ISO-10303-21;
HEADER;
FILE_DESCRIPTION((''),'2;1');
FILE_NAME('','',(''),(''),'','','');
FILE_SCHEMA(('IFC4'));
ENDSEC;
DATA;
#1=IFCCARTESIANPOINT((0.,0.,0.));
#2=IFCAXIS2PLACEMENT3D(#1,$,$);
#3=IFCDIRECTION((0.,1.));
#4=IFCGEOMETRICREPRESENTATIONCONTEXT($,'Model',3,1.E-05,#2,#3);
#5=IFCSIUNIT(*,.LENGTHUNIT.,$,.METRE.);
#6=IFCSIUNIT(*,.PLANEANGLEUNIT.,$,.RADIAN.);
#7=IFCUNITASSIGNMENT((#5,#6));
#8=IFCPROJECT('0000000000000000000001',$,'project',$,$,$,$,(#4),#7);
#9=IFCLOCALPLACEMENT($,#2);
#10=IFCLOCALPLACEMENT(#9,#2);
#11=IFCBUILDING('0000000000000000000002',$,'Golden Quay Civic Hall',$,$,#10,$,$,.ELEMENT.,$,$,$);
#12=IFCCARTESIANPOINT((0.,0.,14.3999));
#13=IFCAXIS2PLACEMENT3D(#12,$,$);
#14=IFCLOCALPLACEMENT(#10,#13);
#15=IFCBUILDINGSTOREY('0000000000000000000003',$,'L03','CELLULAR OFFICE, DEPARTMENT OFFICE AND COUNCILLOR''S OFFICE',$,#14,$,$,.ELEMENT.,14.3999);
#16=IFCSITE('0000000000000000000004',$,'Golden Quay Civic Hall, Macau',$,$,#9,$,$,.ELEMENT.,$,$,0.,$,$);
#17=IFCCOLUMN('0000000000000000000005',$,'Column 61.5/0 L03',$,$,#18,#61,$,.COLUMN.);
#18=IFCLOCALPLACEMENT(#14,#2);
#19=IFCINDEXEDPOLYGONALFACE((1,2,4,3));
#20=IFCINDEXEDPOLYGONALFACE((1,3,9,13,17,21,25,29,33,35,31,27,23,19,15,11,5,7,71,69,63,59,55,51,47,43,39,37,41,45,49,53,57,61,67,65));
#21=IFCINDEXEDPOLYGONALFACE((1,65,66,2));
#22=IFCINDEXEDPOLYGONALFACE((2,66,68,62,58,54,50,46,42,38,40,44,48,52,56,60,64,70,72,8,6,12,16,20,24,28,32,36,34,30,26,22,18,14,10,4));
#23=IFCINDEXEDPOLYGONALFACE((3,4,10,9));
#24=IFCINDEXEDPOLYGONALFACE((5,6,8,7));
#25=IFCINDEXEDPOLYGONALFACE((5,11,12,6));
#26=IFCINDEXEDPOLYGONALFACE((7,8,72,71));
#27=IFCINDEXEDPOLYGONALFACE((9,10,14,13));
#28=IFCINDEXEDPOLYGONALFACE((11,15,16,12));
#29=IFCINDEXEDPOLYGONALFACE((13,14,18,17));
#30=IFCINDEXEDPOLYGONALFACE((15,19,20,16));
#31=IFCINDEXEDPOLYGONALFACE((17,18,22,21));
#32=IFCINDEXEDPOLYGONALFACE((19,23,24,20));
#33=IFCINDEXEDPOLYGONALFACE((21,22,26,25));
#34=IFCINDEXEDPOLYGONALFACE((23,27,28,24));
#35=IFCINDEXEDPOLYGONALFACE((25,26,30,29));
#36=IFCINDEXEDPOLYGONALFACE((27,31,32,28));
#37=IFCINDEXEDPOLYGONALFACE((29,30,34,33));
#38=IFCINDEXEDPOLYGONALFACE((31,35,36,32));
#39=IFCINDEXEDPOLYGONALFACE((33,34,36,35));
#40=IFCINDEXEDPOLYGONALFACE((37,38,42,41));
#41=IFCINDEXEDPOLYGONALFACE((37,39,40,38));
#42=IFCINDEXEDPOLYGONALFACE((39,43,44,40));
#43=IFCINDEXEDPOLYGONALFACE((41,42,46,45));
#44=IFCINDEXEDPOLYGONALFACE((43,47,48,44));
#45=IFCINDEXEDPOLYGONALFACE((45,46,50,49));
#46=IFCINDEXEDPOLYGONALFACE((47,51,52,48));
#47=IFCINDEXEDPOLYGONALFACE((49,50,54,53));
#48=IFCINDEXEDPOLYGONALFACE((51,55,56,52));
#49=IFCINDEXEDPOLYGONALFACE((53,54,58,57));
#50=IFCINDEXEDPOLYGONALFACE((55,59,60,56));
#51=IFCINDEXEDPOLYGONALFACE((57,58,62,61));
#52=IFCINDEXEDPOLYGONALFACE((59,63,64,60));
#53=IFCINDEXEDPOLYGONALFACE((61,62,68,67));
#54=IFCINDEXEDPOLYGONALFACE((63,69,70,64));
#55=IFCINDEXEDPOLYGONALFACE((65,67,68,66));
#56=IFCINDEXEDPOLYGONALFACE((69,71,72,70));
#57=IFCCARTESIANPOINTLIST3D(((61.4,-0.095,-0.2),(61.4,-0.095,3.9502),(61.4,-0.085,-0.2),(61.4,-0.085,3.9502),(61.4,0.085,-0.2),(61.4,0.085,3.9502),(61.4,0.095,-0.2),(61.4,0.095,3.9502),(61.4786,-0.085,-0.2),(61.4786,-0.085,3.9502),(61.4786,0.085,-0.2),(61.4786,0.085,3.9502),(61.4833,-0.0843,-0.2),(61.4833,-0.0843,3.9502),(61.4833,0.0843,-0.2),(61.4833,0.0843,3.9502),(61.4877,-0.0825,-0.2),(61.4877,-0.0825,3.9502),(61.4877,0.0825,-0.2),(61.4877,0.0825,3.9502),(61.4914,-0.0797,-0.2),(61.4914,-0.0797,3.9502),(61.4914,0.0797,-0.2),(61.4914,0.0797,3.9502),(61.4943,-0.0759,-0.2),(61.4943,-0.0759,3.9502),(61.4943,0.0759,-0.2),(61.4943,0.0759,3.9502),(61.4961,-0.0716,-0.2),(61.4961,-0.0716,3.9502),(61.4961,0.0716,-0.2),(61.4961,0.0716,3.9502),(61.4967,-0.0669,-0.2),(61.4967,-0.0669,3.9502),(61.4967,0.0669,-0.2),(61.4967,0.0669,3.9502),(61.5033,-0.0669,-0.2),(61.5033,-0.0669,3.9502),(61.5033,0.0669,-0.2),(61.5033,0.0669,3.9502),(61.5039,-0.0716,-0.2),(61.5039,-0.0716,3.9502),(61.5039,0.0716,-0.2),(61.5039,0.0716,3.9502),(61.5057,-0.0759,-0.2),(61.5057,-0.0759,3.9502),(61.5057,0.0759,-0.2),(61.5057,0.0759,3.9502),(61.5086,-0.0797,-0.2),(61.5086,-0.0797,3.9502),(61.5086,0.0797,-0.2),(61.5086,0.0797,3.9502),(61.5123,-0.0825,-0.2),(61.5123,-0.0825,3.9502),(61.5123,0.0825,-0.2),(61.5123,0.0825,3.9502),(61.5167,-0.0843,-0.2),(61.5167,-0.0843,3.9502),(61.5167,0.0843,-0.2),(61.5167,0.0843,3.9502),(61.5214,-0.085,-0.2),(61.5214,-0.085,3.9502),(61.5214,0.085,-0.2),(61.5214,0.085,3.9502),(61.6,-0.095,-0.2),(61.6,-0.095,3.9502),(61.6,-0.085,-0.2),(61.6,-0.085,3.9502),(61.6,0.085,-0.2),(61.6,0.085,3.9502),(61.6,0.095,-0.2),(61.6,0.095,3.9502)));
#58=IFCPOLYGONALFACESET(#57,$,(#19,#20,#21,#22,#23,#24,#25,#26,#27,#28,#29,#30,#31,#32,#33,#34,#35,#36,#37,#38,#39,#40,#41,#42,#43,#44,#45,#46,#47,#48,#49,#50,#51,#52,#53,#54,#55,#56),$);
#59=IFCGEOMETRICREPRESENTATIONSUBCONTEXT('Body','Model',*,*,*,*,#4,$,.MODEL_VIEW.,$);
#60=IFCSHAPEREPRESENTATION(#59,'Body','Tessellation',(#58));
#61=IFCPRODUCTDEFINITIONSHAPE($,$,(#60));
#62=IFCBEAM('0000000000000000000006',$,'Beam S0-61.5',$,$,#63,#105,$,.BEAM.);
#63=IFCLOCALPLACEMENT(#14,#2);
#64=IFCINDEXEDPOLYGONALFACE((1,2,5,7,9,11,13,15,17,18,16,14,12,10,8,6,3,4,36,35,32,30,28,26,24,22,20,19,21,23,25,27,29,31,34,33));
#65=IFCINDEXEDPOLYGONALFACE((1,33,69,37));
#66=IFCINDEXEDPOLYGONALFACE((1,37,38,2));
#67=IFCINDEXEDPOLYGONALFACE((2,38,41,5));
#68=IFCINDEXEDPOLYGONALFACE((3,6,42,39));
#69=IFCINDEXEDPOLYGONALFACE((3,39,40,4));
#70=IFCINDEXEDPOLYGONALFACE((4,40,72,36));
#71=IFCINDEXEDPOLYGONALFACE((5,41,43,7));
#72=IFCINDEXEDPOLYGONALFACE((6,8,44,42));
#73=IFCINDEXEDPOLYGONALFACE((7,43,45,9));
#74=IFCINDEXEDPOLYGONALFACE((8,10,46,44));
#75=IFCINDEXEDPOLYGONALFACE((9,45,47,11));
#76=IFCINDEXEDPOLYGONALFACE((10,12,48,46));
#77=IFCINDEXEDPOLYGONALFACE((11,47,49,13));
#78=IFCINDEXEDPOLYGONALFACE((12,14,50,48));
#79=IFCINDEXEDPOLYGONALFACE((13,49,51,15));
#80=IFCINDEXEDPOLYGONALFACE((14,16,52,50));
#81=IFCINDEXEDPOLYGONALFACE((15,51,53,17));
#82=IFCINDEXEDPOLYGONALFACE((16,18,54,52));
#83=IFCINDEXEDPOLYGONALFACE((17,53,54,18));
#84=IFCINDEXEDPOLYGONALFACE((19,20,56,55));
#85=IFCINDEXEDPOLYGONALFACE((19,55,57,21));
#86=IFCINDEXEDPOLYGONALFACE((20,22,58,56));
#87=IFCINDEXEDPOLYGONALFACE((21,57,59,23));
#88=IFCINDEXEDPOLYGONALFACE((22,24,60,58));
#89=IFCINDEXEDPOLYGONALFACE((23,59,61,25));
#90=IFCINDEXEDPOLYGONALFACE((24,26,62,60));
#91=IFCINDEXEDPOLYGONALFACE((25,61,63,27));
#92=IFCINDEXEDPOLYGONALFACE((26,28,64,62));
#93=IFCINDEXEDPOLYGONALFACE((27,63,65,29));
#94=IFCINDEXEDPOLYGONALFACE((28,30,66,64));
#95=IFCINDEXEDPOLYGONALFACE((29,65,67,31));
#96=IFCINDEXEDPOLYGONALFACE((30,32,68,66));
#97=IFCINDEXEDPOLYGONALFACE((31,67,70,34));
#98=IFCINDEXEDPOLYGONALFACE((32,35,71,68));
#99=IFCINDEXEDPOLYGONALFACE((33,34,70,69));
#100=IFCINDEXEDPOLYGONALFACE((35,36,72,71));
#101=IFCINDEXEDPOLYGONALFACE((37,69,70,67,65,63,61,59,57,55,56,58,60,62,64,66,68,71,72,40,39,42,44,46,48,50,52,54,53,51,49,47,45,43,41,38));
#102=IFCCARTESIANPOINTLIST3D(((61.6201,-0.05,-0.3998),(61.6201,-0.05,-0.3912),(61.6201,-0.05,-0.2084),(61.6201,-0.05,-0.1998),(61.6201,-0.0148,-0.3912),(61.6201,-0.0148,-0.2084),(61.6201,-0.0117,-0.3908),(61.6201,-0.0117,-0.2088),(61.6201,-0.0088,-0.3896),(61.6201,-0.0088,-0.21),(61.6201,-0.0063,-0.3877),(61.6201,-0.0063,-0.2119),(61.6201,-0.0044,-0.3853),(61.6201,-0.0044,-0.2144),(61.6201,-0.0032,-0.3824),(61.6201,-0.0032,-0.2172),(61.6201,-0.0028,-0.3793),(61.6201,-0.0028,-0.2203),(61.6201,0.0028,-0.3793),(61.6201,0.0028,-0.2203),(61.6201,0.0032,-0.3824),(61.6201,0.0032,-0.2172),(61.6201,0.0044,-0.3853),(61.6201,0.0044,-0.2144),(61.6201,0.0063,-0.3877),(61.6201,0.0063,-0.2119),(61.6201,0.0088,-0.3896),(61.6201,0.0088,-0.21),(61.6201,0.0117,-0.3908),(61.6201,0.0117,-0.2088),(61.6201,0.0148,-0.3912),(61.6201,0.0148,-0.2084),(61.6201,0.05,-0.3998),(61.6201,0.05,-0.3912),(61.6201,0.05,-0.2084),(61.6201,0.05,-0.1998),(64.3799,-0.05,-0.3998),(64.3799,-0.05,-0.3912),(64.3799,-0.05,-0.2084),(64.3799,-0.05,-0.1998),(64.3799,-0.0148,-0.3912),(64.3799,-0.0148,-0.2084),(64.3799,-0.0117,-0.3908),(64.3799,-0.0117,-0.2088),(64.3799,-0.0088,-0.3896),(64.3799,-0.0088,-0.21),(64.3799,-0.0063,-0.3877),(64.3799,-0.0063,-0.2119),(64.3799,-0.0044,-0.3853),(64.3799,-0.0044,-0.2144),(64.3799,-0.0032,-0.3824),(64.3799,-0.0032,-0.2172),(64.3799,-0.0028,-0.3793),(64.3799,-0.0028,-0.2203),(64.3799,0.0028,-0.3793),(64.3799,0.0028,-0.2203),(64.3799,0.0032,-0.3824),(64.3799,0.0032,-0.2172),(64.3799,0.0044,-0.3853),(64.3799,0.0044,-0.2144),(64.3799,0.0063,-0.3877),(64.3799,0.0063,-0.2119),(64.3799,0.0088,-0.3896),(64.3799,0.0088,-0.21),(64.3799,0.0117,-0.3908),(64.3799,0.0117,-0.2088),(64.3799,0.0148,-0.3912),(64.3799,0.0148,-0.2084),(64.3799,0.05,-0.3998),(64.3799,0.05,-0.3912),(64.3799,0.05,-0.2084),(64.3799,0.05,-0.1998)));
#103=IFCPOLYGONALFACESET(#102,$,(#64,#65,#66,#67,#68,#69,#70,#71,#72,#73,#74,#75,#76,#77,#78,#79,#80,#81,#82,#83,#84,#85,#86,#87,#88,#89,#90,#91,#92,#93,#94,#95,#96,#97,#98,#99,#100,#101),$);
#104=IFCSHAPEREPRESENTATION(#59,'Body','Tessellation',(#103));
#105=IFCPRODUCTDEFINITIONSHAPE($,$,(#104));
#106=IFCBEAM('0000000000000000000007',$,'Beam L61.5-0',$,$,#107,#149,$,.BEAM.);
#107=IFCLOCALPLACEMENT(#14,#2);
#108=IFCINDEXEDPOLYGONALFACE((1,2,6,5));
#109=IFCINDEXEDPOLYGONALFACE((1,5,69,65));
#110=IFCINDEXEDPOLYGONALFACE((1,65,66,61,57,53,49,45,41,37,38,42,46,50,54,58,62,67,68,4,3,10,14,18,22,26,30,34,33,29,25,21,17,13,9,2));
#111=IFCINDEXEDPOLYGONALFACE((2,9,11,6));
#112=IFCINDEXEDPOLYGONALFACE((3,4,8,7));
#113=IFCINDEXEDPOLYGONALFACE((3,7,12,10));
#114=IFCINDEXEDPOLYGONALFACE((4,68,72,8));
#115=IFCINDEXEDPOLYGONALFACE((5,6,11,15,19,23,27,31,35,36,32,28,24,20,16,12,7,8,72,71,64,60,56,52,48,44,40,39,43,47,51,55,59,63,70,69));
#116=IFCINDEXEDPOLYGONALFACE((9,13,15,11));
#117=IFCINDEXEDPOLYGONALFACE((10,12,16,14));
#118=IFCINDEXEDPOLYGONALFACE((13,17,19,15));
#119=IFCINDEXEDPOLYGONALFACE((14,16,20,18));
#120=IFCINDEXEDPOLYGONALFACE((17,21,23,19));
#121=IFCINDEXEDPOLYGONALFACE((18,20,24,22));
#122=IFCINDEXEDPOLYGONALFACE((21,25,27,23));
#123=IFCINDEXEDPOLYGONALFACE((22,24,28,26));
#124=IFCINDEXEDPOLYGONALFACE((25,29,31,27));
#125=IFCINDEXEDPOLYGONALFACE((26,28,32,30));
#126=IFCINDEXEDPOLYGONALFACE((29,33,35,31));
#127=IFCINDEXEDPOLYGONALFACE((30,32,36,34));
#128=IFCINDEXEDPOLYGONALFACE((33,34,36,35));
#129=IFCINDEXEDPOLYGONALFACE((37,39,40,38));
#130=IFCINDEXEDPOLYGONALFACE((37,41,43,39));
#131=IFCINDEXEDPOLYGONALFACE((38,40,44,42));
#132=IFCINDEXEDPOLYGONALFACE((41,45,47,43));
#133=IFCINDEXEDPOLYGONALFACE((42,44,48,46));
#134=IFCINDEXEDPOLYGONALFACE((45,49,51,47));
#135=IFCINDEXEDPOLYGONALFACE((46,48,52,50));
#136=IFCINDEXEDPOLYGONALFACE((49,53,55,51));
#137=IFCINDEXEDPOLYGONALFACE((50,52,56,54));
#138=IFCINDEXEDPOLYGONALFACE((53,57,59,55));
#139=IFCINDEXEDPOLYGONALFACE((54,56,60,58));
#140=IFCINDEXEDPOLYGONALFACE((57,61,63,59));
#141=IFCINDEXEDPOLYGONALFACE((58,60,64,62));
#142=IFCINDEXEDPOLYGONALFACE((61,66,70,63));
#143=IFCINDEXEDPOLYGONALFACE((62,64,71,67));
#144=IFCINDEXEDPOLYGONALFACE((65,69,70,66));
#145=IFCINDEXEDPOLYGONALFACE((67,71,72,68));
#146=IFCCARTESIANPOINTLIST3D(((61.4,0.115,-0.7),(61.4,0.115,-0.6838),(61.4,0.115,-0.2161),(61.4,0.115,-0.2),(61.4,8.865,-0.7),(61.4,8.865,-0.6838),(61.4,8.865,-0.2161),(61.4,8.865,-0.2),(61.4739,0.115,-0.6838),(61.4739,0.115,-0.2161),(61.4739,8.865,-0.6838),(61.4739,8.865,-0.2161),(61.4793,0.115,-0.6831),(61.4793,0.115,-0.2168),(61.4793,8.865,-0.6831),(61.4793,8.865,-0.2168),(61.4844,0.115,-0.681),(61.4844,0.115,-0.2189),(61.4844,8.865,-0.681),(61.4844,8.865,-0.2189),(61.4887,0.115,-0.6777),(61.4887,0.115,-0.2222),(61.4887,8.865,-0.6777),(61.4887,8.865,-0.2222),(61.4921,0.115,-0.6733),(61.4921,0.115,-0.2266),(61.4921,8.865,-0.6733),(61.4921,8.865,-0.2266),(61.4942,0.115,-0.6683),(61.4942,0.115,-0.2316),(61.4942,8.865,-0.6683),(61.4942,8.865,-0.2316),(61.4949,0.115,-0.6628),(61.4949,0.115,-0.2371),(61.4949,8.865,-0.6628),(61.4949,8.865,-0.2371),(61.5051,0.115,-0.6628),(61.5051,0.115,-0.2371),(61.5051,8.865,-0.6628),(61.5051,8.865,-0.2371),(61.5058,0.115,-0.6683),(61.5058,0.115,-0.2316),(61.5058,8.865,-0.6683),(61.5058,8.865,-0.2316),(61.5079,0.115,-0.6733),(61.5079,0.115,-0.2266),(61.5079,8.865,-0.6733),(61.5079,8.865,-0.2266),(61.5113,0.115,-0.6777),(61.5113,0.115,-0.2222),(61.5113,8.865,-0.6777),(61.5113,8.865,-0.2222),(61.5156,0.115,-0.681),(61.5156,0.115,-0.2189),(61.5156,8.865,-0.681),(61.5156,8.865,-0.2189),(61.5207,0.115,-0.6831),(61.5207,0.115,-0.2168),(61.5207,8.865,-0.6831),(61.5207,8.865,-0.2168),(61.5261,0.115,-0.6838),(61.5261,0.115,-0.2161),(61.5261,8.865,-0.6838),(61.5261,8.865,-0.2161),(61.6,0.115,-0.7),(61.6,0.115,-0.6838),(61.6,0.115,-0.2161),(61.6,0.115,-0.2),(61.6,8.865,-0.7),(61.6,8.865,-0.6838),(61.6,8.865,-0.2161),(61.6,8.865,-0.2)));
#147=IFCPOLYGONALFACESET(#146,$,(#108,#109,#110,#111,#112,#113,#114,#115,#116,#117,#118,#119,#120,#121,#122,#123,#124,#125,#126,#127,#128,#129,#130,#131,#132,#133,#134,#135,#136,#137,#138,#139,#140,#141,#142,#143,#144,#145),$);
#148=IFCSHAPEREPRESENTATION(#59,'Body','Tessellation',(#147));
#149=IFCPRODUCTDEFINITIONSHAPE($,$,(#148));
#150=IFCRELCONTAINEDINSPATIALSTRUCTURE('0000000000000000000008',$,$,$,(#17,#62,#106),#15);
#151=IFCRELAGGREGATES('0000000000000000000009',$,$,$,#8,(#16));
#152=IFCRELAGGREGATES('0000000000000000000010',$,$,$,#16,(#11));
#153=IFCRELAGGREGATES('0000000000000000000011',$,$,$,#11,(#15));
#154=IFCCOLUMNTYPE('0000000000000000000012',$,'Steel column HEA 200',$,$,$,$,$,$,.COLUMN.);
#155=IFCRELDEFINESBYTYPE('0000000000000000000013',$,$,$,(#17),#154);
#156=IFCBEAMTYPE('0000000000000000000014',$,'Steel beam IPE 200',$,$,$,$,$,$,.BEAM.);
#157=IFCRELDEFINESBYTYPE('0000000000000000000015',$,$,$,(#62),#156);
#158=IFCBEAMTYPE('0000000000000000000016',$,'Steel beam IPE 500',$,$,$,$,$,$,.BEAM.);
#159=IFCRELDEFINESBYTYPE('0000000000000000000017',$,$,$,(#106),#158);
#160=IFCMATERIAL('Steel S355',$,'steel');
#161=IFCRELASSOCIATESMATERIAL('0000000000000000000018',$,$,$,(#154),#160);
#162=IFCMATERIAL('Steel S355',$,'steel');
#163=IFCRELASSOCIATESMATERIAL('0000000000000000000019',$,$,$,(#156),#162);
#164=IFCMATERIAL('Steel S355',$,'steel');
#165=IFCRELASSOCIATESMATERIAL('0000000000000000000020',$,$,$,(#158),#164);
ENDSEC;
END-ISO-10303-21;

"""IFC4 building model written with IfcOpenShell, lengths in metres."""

from ifc_helpers import new_model, si_unit, direction, frame, origin, origin_2d, place, context, subcontext, project, spatial, i_section, extrude, material, material_profile, profile_set, type_object, element, save


model = new_model("IFC4")

# Units and contexts
model_context = context("Model", 3, precision=1e-05, world=origin(), true_north=direction((0.0, 1.0)))
body_context = subcontext(model_context, "Body", "Model", "MODEL_VIEW")
ifc_project = project(units=[si_unit("LENGTHUNIT", "METRE"), si_unit("PLANEANGLEUNIT", "RADIAN")], contexts=[model_context])

# Site, building, storey
site_placement = place(None, origin())
site = spatial("IfcSite", under=ifc_project, at=site_placement, Name="Golden Quay Civic Hall, Macau", CompositionType="ELEMENT", RefElevation=0.0)
building_placement = place(site_placement, origin())
building = spatial("IfcBuilding", under=site, at=building_placement, Name="Golden Quay Civic Hall", CompositionType="ELEMENT")
storey_placement = place(building_placement, frame((0.0, 0.0, 14.3999)))
storey = spatial("IfcBuildingStorey", under=building, at=storey_placement, Name="L03", Description="CELLULAR OFFICE, DEPARTMENT OFFICE AND COUNCILLOR'S OFFICE", CompositionType="ELEMENT", Elevation=14.3999)

# Column
ifc_material_1 = material(Name="Steel S355", Category="steel")
ifc_material_profile_1 = material_profile(ifc_material_1, i_section(OverallWidth=0.2, OverallDepth=0.1899, WebThickness=0.0066, FlangeThickness=0.01, FilletRadius=0.0181, at=origin_2d()), Name="HEA 200")
ifc_profile_set_1 = profile_set([ifc_material_profile_1], Name="Steel S355")
column_type = type_object("IfcColumnType", Name="Steel column HEA 200", PredefinedType="COLUMN", material=ifc_profile_set_1)
column_placement = place(storey_placement, frame((61.5, 0.0, -0.2), z_axis=(0.0, 0.0, 1.0), x_axis=(1.0, 0.0, 0.0)))
element("IfcColumn", 1, at=column_placement, inside=storey, type_object=column_type, Name="Column 61.5/0 L03", PredefinedType="COLUMN", context=body_context, shape_type="SweptSolid", body=[
    extrude(i_section(OverallWidth=0.2, OverallDepth=0.1899, WebThickness=0.0066, FlangeThickness=0.01, FilletRadius=0.0181, at=origin_2d()), origin(), (0.0, 0.0, 1.0), 4.1501),
])

# Beams
ifc_material_2 = material(Name="Steel S355", Category="steel")
ifc_material_profile_2 = material_profile(ifc_material_2, i_section(OverallWidth=0.1001, OverallDepth=0.2, WebThickness=0.0056, FlangeThickness=0.0085, FilletRadius=0.012, at=origin_2d()), Name="IPE 200")
ifc_profile_set_2 = profile_set([ifc_material_profile_2], Name="Steel S355")
beam_type_1 = type_object("IfcBeamType", Name="Steel beam IPE 200", PredefinedType="BEAM", material=ifc_profile_set_2)
beam_1_placement = place(storey_placement, frame((61.6201, 0.0, -0.2998), z_axis=(1.0, 0.0, 0.0), x_axis=(0.0, 1.0, 0.0)))
element("IfcBeam", 2, at=beam_1_placement, inside=storey, type_object=beam_type_1, Name="Beam S0-61.5", PredefinedType="BEAM", context=body_context, shape_type="SweptSolid", body=[
    extrude(i_section(OverallWidth=0.1001, OverallDepth=0.2, WebThickness=0.0056, FlangeThickness=0.0085, FilletRadius=0.012, at=origin_2d()), origin(), (0.0, 0.0, 1.0), 2.7598),
])
ifc_material_3 = material(Name="Steel S355", Category="steel")
ifc_material_profile_3 = material_profile(ifc_material_3, i_section(OverallWidth=0.2, OverallDepth=0.5, WebThickness=0.0103, FlangeThickness=0.0161, FilletRadius=0.021, at=origin_2d()), Name="IPE 500")
ifc_profile_set_3 = profile_set([ifc_material_profile_3], Name="Steel S355")
beam_type_2 = type_object("IfcBeamType", Name="Steel beam IPE 500", PredefinedType="BEAM", material=ifc_profile_set_3)
beam_2_placement = place(storey_placement, frame((61.5, 0.115, -0.45), z_axis=(0.0, 1.0, 0.0), x_axis=(-1.0, 0.0, 0.0)))
element("IfcBeam", 3, at=beam_2_placement, inside=storey, type_object=beam_type_2, Name="Beam L61.5-0", PredefinedType="BEAM", context=body_context, shape_type="SweptSolid", body=[
    extrude(i_section(OverallWidth=0.2, OverallDepth=0.5, WebThickness=0.0103, FlangeThickness=0.0161, FilletRadius=0.021, at=origin_2d()), origin(), (0.0, 0.0, 1.0), 8.75),
])

save(model, "model.ifc")
